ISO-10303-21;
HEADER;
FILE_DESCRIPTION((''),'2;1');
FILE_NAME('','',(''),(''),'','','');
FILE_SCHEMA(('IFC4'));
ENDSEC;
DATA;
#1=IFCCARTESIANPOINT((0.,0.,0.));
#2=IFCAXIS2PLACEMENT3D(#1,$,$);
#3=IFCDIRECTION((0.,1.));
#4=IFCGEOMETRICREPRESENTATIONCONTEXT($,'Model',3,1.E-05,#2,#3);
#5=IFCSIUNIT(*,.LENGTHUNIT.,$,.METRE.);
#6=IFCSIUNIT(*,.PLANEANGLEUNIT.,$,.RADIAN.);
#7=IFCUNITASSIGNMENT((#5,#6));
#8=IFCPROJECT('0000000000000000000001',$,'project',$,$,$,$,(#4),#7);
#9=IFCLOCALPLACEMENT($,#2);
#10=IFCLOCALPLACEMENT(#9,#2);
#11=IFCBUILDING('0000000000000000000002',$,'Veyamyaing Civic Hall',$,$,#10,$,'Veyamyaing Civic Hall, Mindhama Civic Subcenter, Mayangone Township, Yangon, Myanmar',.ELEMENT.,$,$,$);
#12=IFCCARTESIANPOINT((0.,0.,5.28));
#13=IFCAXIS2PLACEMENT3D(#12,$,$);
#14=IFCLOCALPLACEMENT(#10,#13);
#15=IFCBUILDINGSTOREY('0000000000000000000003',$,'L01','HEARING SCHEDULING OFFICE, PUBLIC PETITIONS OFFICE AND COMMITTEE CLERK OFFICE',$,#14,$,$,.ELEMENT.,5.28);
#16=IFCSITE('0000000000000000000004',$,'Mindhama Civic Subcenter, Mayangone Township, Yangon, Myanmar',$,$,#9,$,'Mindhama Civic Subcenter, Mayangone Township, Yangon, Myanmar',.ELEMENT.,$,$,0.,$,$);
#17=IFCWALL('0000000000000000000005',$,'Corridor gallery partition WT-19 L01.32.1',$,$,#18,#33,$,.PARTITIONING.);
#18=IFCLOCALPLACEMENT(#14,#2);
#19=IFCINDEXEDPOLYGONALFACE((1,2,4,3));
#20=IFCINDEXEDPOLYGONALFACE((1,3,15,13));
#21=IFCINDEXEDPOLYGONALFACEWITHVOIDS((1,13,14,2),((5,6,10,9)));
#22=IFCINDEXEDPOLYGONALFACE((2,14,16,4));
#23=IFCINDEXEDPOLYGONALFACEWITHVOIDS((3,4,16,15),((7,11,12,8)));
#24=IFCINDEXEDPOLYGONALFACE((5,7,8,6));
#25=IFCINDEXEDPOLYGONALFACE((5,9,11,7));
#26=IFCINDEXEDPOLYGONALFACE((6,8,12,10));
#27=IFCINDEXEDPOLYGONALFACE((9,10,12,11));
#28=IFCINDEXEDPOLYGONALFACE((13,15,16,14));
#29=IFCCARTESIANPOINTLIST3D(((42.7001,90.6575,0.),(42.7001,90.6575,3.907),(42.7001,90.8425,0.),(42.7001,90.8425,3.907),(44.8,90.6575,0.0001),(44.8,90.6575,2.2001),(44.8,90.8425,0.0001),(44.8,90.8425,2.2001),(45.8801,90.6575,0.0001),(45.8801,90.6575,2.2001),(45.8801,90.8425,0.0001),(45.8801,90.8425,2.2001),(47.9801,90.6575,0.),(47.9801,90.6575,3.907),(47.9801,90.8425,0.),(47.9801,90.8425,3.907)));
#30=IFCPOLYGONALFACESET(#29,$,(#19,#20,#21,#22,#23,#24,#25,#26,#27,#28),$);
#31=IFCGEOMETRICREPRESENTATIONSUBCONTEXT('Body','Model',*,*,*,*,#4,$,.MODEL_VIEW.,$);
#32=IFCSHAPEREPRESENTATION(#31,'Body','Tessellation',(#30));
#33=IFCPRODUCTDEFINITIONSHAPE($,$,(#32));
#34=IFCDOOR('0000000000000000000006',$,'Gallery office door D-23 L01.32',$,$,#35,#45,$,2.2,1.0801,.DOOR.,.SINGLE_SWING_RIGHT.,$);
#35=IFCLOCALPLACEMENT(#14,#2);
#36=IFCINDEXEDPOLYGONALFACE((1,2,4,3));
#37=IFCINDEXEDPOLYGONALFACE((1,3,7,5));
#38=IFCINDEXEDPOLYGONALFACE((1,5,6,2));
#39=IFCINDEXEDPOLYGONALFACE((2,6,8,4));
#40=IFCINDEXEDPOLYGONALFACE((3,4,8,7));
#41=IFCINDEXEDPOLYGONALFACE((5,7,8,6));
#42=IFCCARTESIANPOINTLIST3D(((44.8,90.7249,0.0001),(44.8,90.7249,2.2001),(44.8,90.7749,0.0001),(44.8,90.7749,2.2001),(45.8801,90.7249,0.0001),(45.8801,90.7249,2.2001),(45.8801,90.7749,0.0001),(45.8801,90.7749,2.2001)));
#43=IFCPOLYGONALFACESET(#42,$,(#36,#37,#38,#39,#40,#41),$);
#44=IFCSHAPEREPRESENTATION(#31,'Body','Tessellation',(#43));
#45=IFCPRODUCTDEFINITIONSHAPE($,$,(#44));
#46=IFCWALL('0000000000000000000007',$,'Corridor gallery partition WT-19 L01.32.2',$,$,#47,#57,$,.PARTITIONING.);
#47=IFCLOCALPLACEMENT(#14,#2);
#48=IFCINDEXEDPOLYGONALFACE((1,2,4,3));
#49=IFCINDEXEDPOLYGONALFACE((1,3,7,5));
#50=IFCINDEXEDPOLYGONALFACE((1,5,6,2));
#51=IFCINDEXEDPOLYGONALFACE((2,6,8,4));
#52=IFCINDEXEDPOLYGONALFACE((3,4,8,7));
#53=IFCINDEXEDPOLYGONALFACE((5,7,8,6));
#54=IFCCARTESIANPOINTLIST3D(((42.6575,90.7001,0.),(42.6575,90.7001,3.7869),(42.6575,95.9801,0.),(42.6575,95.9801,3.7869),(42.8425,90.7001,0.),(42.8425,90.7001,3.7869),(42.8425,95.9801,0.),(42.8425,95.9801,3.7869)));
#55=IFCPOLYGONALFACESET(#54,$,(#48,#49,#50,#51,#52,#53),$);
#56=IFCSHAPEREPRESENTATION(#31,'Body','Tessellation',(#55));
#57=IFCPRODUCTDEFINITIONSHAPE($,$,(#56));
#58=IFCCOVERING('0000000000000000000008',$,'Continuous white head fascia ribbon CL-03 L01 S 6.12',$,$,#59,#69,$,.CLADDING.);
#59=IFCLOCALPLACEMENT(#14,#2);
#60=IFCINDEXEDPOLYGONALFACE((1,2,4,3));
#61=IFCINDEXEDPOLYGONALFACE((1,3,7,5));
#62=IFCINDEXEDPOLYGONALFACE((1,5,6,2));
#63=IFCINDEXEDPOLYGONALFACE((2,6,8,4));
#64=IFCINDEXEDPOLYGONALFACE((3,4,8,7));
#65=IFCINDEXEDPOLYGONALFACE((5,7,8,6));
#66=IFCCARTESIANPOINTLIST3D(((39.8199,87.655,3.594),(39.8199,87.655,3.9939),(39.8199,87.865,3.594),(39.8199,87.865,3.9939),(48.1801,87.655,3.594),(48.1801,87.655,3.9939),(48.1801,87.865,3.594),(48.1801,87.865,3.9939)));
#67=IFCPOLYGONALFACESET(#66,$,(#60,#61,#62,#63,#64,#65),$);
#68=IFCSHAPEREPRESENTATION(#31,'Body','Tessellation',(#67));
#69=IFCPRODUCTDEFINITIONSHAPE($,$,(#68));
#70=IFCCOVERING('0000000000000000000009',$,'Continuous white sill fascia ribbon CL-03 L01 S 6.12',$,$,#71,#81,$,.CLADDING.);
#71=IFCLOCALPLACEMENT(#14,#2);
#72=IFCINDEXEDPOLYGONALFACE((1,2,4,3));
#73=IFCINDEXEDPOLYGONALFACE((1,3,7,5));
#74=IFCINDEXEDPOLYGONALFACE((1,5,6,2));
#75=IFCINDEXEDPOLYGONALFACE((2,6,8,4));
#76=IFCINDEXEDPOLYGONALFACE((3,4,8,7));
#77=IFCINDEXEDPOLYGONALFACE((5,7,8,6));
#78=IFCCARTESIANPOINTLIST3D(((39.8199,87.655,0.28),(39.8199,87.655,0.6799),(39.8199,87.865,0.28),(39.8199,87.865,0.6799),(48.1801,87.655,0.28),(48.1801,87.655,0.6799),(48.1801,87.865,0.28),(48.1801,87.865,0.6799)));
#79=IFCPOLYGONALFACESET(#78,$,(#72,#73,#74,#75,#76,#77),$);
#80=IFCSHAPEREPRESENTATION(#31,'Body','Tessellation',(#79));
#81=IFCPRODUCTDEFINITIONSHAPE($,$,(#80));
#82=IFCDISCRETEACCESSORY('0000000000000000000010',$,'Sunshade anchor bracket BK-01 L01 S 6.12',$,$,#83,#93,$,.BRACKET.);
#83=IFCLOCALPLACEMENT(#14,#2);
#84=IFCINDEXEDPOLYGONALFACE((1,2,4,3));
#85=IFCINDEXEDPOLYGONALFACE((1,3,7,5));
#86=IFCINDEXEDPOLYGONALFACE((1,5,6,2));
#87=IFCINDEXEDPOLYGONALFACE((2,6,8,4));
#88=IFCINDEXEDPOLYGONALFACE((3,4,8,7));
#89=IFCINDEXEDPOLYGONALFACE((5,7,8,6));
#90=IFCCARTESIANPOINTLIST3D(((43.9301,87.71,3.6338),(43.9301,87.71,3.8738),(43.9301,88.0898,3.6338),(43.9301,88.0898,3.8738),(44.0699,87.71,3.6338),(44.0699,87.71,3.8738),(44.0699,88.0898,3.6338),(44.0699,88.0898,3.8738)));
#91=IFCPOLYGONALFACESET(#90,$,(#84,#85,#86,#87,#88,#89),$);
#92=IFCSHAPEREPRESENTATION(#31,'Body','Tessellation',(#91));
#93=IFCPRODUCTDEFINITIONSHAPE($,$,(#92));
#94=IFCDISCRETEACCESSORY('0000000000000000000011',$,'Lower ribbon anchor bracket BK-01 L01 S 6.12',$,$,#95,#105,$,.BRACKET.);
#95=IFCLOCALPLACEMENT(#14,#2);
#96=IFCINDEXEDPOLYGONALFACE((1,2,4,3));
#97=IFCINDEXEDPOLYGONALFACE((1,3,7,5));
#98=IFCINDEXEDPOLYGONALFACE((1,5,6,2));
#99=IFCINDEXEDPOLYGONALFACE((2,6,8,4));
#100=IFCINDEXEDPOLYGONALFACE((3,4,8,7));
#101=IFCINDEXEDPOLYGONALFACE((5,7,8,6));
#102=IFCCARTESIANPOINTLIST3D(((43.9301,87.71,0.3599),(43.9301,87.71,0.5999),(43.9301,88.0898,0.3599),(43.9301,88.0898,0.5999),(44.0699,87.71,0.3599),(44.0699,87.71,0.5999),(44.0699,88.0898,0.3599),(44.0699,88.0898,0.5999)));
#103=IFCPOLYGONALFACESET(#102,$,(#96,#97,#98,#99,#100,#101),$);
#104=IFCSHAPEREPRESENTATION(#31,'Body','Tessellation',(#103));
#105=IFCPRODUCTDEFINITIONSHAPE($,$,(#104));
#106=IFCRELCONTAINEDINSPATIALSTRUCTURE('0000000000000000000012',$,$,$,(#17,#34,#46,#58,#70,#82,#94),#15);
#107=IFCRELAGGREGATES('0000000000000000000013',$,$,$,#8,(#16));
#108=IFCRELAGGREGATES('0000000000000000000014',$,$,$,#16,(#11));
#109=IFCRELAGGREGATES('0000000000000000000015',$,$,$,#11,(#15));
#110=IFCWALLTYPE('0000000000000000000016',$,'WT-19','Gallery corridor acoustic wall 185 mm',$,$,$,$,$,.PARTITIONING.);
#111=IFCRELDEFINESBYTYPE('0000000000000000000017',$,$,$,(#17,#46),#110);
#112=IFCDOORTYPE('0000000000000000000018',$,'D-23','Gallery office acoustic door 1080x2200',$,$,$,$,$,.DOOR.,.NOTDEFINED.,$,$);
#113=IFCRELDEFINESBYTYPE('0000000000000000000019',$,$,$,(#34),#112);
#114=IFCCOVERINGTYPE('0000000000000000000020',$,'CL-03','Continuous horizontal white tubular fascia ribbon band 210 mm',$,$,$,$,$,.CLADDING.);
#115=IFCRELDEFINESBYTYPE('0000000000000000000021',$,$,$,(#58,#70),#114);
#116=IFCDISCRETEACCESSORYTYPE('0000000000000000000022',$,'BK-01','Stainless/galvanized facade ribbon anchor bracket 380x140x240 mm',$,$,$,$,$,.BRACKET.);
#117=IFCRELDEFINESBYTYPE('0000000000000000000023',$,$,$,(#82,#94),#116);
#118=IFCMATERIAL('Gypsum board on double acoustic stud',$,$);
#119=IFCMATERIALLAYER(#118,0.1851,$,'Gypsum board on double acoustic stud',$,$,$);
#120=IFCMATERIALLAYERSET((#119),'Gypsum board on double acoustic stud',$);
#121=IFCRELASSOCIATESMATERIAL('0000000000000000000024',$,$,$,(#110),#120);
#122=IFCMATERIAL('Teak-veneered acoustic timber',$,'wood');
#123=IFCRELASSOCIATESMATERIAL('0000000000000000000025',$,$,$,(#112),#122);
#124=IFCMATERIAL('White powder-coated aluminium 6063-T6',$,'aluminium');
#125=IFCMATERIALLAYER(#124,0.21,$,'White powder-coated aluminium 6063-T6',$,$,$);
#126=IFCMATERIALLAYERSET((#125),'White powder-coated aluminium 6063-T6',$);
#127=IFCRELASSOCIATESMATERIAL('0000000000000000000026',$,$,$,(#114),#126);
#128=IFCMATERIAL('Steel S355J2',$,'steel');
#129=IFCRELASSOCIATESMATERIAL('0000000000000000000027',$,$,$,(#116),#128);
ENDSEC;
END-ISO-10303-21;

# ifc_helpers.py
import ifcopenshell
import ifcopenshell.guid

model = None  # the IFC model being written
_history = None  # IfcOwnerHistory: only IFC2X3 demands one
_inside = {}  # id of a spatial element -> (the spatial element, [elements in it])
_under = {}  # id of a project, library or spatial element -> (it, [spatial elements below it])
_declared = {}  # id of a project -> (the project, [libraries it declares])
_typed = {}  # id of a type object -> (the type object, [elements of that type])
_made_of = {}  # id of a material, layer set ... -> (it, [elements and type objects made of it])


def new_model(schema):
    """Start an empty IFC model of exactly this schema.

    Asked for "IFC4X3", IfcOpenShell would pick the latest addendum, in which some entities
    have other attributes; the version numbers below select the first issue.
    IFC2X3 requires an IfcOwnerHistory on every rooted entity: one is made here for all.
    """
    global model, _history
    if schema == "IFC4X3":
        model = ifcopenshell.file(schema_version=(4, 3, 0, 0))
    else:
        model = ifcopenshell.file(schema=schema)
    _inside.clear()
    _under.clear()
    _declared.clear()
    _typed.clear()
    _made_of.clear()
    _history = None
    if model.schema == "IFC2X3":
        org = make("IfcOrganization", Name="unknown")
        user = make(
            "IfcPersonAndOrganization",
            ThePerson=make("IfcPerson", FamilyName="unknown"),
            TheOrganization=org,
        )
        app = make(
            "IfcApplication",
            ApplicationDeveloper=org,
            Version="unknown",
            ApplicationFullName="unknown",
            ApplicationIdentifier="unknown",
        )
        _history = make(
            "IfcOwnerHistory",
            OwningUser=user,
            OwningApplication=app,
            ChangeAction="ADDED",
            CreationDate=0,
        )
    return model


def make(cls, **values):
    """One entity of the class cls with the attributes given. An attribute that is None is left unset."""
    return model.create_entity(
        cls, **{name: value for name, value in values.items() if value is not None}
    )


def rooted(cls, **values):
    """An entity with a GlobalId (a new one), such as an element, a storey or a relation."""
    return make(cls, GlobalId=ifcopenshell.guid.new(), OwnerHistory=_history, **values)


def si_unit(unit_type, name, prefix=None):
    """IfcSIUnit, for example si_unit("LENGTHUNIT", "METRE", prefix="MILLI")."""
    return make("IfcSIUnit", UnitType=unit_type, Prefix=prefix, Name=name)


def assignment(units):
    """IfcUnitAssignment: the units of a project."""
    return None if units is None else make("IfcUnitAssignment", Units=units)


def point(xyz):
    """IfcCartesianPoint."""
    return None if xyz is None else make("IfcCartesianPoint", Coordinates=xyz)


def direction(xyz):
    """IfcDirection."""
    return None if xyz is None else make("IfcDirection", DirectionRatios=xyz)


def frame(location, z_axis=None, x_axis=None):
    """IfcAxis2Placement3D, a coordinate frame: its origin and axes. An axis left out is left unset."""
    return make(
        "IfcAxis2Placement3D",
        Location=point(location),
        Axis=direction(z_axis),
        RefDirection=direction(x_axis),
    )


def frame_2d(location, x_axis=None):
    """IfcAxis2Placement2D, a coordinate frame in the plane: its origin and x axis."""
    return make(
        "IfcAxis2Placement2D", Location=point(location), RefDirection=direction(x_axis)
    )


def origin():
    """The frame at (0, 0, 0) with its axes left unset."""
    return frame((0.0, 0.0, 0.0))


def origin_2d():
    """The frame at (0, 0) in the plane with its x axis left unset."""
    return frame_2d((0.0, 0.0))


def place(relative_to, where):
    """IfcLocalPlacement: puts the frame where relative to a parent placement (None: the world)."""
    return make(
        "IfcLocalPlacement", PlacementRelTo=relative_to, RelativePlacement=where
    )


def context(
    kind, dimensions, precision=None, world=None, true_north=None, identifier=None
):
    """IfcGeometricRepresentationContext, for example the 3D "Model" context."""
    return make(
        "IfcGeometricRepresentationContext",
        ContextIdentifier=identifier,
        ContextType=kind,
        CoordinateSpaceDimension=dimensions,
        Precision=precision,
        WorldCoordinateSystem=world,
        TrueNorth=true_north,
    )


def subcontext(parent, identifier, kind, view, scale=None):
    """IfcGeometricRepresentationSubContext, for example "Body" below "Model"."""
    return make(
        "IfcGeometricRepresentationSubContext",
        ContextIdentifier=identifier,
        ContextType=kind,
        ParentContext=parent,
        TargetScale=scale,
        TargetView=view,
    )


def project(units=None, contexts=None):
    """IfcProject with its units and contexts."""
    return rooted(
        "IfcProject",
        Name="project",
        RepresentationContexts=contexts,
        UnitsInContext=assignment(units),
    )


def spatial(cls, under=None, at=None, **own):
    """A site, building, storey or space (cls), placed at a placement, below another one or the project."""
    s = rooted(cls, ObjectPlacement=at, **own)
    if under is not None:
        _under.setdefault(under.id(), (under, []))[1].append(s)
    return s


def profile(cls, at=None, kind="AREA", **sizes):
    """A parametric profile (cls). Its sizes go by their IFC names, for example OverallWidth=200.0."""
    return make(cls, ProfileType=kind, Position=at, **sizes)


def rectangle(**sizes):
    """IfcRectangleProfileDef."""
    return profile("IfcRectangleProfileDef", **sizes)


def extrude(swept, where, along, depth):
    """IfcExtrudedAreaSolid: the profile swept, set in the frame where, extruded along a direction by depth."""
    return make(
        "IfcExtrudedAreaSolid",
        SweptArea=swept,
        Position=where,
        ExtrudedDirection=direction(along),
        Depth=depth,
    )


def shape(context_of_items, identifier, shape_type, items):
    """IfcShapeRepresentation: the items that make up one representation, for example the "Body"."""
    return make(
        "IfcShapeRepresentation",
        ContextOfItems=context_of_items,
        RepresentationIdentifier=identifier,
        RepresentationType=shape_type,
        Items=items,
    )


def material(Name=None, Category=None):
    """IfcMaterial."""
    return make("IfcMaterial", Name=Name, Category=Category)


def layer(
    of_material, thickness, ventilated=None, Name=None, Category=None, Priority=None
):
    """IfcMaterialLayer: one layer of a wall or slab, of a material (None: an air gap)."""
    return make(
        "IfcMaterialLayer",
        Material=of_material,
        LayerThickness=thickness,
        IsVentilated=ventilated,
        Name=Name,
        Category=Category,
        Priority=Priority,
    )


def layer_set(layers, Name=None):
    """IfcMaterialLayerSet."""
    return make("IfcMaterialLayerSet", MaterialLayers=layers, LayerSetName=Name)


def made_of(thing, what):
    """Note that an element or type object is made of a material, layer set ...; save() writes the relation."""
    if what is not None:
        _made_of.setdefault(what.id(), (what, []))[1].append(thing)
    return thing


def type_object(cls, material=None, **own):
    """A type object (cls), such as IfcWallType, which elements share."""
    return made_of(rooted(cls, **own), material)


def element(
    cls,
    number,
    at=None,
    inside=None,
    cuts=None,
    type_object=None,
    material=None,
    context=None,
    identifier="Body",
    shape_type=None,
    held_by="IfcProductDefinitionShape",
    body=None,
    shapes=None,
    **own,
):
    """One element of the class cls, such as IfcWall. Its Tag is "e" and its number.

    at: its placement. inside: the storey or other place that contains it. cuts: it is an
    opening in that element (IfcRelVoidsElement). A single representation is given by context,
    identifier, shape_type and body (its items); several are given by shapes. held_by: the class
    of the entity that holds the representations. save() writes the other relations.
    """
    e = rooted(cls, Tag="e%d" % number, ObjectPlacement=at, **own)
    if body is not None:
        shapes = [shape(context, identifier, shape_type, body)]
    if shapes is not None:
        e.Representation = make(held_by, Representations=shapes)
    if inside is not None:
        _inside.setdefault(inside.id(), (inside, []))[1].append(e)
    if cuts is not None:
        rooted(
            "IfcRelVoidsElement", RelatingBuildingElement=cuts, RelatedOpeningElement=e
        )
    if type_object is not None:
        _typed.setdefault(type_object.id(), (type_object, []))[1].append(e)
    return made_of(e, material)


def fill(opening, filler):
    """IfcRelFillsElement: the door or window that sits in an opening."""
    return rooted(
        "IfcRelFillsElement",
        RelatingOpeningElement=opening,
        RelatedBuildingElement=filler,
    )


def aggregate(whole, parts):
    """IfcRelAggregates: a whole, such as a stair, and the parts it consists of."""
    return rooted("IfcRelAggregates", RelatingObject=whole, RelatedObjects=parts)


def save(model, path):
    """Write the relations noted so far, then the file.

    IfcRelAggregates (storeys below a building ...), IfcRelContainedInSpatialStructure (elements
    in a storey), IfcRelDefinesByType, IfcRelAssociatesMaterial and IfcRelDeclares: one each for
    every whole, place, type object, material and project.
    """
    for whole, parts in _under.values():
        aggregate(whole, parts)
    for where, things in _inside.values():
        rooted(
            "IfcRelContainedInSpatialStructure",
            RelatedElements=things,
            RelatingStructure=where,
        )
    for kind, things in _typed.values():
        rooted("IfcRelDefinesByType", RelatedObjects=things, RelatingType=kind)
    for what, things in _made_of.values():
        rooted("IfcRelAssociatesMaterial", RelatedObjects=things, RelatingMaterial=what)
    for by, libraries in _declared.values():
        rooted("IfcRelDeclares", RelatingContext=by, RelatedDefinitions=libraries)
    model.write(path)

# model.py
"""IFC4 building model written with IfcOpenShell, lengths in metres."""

from ifc_helpers import new_model, si_unit, direction, frame, frame_2d, origin, origin_2d, place, context, subcontext, project, spatial, rectangle, extrude, material, layer, layer_set, type_object, element, fill, save


model = new_model("IFC4")

# Units and contexts
model_context = context("Model", 3, precision=1e-05, world=origin(), true_north=direction((0.0, 1.0)))
body_context = subcontext(model_context, "Body", "Model", "MODEL_VIEW")
ifc_project = project(units=[si_unit("LENGTHUNIT", "METRE"), si_unit("PLANEANGLEUNIT", "RADIAN")], contexts=[model_context])

# Site, building, storey
site_placement = place(None, origin())
site = spatial("IfcSite", under=ifc_project, at=site_placement, Name="Mindhama Civic Subcenter, Mayangone Township, Yangon, Myanmar", LongName="Mindhama Civic Subcenter, Mayangone Township, Yangon, Myanmar", CompositionType="ELEMENT", RefElevation=0.0)
building_placement = place(site_placement, origin())
building = spatial("IfcBuilding", under=site, at=building_placement, Name="Veyamyaing Civic Hall", LongName="Veyamyaing Civic Hall, Mindhama Civic Subcenter, Mayangone Township, Yangon, Myanmar", CompositionType="ELEMENT")
storey_placement = place(building_placement, frame((0.0, 0.0, 5.28)))
storey = spatial("IfcBuildingStorey", under=building, at=storey_placement, Name="L01", Description="HEARING SCHEDULING OFFICE, PUBLIC PETITIONS OFFICE AND COMMITTEE CLERK OFFICE", CompositionType="ELEMENT", Elevation=5.28)

# Wall, opening, door
ifc_material_1 = material(Name="Gypsum board on double acoustic stud")
ifc_layer_1 = layer(ifc_material_1, 0.1851, Name="Gypsum board on double acoustic stud")
ifc_layer_set_1 = layer_set([ifc_layer_1], Name="Gypsum board on double acoustic stud")
wall_type = type_object("IfcWallType", Name="WT-19", Description="Gallery corridor acoustic wall 185 mm", PredefinedType="PARTITIONING", material=ifc_layer_set_1)
wall_1_placement = place(storey_placement, frame((42.7, 90.75, 0.0), z_axis=(0.0, 0.0, 1.0), x_axis=(1.0, 0.0, 0.0)))
wall_1 = element("IfcWall", 1, at=wall_1_placement, inside=storey, type_object=wall_type, Name="Corridor gallery partition WT-19 L01.32.1", PredefinedType="PARTITIONING", context=body_context, shape_type="SweptSolid", body=[
    extrude(rectangle(XDim=5.28, YDim=0.1851, at=frame_2d((2.6401, 0.0))), origin(), (0.0, 0.0, 1.0), 3.907),
])
opening_placement = place(wall_1_placement, frame((2.1001, 0.0, 0.0)))
opening = element("IfcOpeningElement", 2, at=opening_placement, cuts=wall_1, PredefinedType="OPENING", context=body_context, shape_type="SweptSolid", body=[
    extrude(rectangle(XDim=1.0801, YDim=2.2, at=frame_2d((0.54, 1.1001))), frame((0.0, 0.1025, 0.0), z_axis=(0.0, -1.0, 0.0), x_axis=(1.0, 0.0, 0.0)), (0.0, 0.0, 1.0), 0.2051),
])
ifc_material_2 = material(Name="Teak-veneered acoustic timber", Category="wood")
door_type = type_object("IfcDoorType", Name="D-23", Description="Gallery office acoustic door 1080x2200", OperationType="NOTDEFINED", PredefinedType="DOOR", material=ifc_material_2)
door_placement = place(opening_placement, origin())
door = element("IfcDoor", 3, at=door_placement, inside=storey, type_object=door_type, Name="Gallery office door D-23 L01.32", OperationType="SINGLE_SWING_RIGHT", OverallHeight=2.2, OverallWidth=1.0801, PredefinedType="DOOR", context=body_context, shape_type="SweptSolid", body=[
    extrude(rectangle(XDim=1.0801, YDim=2.2, at=frame_2d((0.54, 1.1001))), frame((0.0, 0.0249, 0.0), z_axis=(0.0, -1.0, 0.0), x_axis=(1.0, 0.0, 0.0)), (0.0, 0.0, 1.0), 0.05),
])
fill(opening, door)

# Wall
wall_2_placement = place(storey_placement, frame((42.75, 90.7, 0.0), z_axis=(0.0, 0.0, 1.0), x_axis=(0.0, 1.0, 0.0)))
element("IfcWall", 4, at=wall_2_placement, inside=storey, type_object=wall_type, Name="Corridor gallery partition WT-19 L01.32.2", PredefinedType="PARTITIONING", context=body_context, shape_type="SweptSolid", body=[
    extrude(rectangle(XDim=5.28, YDim=0.1851, at=frame_2d((2.6401, 0.0))), origin(), (0.0, 0.0, 1.0), 3.7869),
])

# Coverings
ifc_material_3 = material(Name="White powder-coated aluminium 6063-T6", Category="aluminium")
ifc_layer_2 = layer(ifc_material_3, 0.21, Name="White powder-coated aluminium 6063-T6")
ifc_layer_set_2 = layer_set([ifc_layer_2], Name="White powder-coated aluminium 6063-T6")
covering_type = type_object("IfcCoveringType", Name="CL-03", Description="Continuous horizontal white tubular fascia ribbon band 210 mm", PredefinedType="CLADDING", material=ifc_layer_set_2)
for number, where, z_axis, x_axis, name in (
    (5, (44.0, 87.76, 3.594), (0.0, 0.0, 1.0), (1.0, 0.0, 0.0), "Continuous white head fascia ribbon CL-03 L01 S 6.12"),
    (6, (44.0, 87.76, 0.28), (0.0, 0.0, 1.0), (1.0, 0.0, 0.0), "Continuous white sill fascia ribbon CL-03 L01 S 6.12"),
):
    element("IfcCovering", number, at=place(storey_placement, frame(where, z_axis=z_axis, x_axis=x_axis)), inside=storey, type_object=covering_type, Name=name, PredefinedType="CLADDING", context=body_context, shape_type="SweptSolid", body=[
        extrude(rectangle(XDim=8.3601, YDim=0.21, at=origin_2d()), origin(), (0.0, 0.0, 1.0), 0.3999),
    ])

# Discrete accessories
ifc_material_4 = material(Name="Steel S355J2", Category="steel")
discrete_accessory_type = type_object("IfcDiscreteAccessoryType", Name="BK-01", Description="Stainless/galvanized facade ribbon anchor bracket 380x140x240 mm", PredefinedType="BRACKET", material=ifc_material_4)
for number, where, z_axis, x_axis, name in (
    (7, (44.0, 87.8999, 3.6338), (0.0, 0.0, 1.0), (0.0, -1.0, 0.0), "Sunshade anchor bracket BK-01 L01 S 6.12"),
    (8, (44.0, 87.8999, 0.3599), (0.0, 0.0, 1.0), (0.0, -1.0, 0.0), "Lower ribbon anchor bracket BK-01 L01 S 6.12"),
):
    element("IfcDiscreteAccessory", number, at=place(storey_placement, frame(where, z_axis=z_axis, x_axis=x_axis)), inside=storey, type_object=discrete_accessory_type, Name=name, PredefinedType="BRACKET", context=body_context, shape_type="SweptSolid", body=[
        extrude(rectangle(XDim=0.3799, YDim=0.1399, at=origin_2d()), origin(), (0.0, 0.0, 1.0), 0.24),
    ])

save(model, "model.ifc")
